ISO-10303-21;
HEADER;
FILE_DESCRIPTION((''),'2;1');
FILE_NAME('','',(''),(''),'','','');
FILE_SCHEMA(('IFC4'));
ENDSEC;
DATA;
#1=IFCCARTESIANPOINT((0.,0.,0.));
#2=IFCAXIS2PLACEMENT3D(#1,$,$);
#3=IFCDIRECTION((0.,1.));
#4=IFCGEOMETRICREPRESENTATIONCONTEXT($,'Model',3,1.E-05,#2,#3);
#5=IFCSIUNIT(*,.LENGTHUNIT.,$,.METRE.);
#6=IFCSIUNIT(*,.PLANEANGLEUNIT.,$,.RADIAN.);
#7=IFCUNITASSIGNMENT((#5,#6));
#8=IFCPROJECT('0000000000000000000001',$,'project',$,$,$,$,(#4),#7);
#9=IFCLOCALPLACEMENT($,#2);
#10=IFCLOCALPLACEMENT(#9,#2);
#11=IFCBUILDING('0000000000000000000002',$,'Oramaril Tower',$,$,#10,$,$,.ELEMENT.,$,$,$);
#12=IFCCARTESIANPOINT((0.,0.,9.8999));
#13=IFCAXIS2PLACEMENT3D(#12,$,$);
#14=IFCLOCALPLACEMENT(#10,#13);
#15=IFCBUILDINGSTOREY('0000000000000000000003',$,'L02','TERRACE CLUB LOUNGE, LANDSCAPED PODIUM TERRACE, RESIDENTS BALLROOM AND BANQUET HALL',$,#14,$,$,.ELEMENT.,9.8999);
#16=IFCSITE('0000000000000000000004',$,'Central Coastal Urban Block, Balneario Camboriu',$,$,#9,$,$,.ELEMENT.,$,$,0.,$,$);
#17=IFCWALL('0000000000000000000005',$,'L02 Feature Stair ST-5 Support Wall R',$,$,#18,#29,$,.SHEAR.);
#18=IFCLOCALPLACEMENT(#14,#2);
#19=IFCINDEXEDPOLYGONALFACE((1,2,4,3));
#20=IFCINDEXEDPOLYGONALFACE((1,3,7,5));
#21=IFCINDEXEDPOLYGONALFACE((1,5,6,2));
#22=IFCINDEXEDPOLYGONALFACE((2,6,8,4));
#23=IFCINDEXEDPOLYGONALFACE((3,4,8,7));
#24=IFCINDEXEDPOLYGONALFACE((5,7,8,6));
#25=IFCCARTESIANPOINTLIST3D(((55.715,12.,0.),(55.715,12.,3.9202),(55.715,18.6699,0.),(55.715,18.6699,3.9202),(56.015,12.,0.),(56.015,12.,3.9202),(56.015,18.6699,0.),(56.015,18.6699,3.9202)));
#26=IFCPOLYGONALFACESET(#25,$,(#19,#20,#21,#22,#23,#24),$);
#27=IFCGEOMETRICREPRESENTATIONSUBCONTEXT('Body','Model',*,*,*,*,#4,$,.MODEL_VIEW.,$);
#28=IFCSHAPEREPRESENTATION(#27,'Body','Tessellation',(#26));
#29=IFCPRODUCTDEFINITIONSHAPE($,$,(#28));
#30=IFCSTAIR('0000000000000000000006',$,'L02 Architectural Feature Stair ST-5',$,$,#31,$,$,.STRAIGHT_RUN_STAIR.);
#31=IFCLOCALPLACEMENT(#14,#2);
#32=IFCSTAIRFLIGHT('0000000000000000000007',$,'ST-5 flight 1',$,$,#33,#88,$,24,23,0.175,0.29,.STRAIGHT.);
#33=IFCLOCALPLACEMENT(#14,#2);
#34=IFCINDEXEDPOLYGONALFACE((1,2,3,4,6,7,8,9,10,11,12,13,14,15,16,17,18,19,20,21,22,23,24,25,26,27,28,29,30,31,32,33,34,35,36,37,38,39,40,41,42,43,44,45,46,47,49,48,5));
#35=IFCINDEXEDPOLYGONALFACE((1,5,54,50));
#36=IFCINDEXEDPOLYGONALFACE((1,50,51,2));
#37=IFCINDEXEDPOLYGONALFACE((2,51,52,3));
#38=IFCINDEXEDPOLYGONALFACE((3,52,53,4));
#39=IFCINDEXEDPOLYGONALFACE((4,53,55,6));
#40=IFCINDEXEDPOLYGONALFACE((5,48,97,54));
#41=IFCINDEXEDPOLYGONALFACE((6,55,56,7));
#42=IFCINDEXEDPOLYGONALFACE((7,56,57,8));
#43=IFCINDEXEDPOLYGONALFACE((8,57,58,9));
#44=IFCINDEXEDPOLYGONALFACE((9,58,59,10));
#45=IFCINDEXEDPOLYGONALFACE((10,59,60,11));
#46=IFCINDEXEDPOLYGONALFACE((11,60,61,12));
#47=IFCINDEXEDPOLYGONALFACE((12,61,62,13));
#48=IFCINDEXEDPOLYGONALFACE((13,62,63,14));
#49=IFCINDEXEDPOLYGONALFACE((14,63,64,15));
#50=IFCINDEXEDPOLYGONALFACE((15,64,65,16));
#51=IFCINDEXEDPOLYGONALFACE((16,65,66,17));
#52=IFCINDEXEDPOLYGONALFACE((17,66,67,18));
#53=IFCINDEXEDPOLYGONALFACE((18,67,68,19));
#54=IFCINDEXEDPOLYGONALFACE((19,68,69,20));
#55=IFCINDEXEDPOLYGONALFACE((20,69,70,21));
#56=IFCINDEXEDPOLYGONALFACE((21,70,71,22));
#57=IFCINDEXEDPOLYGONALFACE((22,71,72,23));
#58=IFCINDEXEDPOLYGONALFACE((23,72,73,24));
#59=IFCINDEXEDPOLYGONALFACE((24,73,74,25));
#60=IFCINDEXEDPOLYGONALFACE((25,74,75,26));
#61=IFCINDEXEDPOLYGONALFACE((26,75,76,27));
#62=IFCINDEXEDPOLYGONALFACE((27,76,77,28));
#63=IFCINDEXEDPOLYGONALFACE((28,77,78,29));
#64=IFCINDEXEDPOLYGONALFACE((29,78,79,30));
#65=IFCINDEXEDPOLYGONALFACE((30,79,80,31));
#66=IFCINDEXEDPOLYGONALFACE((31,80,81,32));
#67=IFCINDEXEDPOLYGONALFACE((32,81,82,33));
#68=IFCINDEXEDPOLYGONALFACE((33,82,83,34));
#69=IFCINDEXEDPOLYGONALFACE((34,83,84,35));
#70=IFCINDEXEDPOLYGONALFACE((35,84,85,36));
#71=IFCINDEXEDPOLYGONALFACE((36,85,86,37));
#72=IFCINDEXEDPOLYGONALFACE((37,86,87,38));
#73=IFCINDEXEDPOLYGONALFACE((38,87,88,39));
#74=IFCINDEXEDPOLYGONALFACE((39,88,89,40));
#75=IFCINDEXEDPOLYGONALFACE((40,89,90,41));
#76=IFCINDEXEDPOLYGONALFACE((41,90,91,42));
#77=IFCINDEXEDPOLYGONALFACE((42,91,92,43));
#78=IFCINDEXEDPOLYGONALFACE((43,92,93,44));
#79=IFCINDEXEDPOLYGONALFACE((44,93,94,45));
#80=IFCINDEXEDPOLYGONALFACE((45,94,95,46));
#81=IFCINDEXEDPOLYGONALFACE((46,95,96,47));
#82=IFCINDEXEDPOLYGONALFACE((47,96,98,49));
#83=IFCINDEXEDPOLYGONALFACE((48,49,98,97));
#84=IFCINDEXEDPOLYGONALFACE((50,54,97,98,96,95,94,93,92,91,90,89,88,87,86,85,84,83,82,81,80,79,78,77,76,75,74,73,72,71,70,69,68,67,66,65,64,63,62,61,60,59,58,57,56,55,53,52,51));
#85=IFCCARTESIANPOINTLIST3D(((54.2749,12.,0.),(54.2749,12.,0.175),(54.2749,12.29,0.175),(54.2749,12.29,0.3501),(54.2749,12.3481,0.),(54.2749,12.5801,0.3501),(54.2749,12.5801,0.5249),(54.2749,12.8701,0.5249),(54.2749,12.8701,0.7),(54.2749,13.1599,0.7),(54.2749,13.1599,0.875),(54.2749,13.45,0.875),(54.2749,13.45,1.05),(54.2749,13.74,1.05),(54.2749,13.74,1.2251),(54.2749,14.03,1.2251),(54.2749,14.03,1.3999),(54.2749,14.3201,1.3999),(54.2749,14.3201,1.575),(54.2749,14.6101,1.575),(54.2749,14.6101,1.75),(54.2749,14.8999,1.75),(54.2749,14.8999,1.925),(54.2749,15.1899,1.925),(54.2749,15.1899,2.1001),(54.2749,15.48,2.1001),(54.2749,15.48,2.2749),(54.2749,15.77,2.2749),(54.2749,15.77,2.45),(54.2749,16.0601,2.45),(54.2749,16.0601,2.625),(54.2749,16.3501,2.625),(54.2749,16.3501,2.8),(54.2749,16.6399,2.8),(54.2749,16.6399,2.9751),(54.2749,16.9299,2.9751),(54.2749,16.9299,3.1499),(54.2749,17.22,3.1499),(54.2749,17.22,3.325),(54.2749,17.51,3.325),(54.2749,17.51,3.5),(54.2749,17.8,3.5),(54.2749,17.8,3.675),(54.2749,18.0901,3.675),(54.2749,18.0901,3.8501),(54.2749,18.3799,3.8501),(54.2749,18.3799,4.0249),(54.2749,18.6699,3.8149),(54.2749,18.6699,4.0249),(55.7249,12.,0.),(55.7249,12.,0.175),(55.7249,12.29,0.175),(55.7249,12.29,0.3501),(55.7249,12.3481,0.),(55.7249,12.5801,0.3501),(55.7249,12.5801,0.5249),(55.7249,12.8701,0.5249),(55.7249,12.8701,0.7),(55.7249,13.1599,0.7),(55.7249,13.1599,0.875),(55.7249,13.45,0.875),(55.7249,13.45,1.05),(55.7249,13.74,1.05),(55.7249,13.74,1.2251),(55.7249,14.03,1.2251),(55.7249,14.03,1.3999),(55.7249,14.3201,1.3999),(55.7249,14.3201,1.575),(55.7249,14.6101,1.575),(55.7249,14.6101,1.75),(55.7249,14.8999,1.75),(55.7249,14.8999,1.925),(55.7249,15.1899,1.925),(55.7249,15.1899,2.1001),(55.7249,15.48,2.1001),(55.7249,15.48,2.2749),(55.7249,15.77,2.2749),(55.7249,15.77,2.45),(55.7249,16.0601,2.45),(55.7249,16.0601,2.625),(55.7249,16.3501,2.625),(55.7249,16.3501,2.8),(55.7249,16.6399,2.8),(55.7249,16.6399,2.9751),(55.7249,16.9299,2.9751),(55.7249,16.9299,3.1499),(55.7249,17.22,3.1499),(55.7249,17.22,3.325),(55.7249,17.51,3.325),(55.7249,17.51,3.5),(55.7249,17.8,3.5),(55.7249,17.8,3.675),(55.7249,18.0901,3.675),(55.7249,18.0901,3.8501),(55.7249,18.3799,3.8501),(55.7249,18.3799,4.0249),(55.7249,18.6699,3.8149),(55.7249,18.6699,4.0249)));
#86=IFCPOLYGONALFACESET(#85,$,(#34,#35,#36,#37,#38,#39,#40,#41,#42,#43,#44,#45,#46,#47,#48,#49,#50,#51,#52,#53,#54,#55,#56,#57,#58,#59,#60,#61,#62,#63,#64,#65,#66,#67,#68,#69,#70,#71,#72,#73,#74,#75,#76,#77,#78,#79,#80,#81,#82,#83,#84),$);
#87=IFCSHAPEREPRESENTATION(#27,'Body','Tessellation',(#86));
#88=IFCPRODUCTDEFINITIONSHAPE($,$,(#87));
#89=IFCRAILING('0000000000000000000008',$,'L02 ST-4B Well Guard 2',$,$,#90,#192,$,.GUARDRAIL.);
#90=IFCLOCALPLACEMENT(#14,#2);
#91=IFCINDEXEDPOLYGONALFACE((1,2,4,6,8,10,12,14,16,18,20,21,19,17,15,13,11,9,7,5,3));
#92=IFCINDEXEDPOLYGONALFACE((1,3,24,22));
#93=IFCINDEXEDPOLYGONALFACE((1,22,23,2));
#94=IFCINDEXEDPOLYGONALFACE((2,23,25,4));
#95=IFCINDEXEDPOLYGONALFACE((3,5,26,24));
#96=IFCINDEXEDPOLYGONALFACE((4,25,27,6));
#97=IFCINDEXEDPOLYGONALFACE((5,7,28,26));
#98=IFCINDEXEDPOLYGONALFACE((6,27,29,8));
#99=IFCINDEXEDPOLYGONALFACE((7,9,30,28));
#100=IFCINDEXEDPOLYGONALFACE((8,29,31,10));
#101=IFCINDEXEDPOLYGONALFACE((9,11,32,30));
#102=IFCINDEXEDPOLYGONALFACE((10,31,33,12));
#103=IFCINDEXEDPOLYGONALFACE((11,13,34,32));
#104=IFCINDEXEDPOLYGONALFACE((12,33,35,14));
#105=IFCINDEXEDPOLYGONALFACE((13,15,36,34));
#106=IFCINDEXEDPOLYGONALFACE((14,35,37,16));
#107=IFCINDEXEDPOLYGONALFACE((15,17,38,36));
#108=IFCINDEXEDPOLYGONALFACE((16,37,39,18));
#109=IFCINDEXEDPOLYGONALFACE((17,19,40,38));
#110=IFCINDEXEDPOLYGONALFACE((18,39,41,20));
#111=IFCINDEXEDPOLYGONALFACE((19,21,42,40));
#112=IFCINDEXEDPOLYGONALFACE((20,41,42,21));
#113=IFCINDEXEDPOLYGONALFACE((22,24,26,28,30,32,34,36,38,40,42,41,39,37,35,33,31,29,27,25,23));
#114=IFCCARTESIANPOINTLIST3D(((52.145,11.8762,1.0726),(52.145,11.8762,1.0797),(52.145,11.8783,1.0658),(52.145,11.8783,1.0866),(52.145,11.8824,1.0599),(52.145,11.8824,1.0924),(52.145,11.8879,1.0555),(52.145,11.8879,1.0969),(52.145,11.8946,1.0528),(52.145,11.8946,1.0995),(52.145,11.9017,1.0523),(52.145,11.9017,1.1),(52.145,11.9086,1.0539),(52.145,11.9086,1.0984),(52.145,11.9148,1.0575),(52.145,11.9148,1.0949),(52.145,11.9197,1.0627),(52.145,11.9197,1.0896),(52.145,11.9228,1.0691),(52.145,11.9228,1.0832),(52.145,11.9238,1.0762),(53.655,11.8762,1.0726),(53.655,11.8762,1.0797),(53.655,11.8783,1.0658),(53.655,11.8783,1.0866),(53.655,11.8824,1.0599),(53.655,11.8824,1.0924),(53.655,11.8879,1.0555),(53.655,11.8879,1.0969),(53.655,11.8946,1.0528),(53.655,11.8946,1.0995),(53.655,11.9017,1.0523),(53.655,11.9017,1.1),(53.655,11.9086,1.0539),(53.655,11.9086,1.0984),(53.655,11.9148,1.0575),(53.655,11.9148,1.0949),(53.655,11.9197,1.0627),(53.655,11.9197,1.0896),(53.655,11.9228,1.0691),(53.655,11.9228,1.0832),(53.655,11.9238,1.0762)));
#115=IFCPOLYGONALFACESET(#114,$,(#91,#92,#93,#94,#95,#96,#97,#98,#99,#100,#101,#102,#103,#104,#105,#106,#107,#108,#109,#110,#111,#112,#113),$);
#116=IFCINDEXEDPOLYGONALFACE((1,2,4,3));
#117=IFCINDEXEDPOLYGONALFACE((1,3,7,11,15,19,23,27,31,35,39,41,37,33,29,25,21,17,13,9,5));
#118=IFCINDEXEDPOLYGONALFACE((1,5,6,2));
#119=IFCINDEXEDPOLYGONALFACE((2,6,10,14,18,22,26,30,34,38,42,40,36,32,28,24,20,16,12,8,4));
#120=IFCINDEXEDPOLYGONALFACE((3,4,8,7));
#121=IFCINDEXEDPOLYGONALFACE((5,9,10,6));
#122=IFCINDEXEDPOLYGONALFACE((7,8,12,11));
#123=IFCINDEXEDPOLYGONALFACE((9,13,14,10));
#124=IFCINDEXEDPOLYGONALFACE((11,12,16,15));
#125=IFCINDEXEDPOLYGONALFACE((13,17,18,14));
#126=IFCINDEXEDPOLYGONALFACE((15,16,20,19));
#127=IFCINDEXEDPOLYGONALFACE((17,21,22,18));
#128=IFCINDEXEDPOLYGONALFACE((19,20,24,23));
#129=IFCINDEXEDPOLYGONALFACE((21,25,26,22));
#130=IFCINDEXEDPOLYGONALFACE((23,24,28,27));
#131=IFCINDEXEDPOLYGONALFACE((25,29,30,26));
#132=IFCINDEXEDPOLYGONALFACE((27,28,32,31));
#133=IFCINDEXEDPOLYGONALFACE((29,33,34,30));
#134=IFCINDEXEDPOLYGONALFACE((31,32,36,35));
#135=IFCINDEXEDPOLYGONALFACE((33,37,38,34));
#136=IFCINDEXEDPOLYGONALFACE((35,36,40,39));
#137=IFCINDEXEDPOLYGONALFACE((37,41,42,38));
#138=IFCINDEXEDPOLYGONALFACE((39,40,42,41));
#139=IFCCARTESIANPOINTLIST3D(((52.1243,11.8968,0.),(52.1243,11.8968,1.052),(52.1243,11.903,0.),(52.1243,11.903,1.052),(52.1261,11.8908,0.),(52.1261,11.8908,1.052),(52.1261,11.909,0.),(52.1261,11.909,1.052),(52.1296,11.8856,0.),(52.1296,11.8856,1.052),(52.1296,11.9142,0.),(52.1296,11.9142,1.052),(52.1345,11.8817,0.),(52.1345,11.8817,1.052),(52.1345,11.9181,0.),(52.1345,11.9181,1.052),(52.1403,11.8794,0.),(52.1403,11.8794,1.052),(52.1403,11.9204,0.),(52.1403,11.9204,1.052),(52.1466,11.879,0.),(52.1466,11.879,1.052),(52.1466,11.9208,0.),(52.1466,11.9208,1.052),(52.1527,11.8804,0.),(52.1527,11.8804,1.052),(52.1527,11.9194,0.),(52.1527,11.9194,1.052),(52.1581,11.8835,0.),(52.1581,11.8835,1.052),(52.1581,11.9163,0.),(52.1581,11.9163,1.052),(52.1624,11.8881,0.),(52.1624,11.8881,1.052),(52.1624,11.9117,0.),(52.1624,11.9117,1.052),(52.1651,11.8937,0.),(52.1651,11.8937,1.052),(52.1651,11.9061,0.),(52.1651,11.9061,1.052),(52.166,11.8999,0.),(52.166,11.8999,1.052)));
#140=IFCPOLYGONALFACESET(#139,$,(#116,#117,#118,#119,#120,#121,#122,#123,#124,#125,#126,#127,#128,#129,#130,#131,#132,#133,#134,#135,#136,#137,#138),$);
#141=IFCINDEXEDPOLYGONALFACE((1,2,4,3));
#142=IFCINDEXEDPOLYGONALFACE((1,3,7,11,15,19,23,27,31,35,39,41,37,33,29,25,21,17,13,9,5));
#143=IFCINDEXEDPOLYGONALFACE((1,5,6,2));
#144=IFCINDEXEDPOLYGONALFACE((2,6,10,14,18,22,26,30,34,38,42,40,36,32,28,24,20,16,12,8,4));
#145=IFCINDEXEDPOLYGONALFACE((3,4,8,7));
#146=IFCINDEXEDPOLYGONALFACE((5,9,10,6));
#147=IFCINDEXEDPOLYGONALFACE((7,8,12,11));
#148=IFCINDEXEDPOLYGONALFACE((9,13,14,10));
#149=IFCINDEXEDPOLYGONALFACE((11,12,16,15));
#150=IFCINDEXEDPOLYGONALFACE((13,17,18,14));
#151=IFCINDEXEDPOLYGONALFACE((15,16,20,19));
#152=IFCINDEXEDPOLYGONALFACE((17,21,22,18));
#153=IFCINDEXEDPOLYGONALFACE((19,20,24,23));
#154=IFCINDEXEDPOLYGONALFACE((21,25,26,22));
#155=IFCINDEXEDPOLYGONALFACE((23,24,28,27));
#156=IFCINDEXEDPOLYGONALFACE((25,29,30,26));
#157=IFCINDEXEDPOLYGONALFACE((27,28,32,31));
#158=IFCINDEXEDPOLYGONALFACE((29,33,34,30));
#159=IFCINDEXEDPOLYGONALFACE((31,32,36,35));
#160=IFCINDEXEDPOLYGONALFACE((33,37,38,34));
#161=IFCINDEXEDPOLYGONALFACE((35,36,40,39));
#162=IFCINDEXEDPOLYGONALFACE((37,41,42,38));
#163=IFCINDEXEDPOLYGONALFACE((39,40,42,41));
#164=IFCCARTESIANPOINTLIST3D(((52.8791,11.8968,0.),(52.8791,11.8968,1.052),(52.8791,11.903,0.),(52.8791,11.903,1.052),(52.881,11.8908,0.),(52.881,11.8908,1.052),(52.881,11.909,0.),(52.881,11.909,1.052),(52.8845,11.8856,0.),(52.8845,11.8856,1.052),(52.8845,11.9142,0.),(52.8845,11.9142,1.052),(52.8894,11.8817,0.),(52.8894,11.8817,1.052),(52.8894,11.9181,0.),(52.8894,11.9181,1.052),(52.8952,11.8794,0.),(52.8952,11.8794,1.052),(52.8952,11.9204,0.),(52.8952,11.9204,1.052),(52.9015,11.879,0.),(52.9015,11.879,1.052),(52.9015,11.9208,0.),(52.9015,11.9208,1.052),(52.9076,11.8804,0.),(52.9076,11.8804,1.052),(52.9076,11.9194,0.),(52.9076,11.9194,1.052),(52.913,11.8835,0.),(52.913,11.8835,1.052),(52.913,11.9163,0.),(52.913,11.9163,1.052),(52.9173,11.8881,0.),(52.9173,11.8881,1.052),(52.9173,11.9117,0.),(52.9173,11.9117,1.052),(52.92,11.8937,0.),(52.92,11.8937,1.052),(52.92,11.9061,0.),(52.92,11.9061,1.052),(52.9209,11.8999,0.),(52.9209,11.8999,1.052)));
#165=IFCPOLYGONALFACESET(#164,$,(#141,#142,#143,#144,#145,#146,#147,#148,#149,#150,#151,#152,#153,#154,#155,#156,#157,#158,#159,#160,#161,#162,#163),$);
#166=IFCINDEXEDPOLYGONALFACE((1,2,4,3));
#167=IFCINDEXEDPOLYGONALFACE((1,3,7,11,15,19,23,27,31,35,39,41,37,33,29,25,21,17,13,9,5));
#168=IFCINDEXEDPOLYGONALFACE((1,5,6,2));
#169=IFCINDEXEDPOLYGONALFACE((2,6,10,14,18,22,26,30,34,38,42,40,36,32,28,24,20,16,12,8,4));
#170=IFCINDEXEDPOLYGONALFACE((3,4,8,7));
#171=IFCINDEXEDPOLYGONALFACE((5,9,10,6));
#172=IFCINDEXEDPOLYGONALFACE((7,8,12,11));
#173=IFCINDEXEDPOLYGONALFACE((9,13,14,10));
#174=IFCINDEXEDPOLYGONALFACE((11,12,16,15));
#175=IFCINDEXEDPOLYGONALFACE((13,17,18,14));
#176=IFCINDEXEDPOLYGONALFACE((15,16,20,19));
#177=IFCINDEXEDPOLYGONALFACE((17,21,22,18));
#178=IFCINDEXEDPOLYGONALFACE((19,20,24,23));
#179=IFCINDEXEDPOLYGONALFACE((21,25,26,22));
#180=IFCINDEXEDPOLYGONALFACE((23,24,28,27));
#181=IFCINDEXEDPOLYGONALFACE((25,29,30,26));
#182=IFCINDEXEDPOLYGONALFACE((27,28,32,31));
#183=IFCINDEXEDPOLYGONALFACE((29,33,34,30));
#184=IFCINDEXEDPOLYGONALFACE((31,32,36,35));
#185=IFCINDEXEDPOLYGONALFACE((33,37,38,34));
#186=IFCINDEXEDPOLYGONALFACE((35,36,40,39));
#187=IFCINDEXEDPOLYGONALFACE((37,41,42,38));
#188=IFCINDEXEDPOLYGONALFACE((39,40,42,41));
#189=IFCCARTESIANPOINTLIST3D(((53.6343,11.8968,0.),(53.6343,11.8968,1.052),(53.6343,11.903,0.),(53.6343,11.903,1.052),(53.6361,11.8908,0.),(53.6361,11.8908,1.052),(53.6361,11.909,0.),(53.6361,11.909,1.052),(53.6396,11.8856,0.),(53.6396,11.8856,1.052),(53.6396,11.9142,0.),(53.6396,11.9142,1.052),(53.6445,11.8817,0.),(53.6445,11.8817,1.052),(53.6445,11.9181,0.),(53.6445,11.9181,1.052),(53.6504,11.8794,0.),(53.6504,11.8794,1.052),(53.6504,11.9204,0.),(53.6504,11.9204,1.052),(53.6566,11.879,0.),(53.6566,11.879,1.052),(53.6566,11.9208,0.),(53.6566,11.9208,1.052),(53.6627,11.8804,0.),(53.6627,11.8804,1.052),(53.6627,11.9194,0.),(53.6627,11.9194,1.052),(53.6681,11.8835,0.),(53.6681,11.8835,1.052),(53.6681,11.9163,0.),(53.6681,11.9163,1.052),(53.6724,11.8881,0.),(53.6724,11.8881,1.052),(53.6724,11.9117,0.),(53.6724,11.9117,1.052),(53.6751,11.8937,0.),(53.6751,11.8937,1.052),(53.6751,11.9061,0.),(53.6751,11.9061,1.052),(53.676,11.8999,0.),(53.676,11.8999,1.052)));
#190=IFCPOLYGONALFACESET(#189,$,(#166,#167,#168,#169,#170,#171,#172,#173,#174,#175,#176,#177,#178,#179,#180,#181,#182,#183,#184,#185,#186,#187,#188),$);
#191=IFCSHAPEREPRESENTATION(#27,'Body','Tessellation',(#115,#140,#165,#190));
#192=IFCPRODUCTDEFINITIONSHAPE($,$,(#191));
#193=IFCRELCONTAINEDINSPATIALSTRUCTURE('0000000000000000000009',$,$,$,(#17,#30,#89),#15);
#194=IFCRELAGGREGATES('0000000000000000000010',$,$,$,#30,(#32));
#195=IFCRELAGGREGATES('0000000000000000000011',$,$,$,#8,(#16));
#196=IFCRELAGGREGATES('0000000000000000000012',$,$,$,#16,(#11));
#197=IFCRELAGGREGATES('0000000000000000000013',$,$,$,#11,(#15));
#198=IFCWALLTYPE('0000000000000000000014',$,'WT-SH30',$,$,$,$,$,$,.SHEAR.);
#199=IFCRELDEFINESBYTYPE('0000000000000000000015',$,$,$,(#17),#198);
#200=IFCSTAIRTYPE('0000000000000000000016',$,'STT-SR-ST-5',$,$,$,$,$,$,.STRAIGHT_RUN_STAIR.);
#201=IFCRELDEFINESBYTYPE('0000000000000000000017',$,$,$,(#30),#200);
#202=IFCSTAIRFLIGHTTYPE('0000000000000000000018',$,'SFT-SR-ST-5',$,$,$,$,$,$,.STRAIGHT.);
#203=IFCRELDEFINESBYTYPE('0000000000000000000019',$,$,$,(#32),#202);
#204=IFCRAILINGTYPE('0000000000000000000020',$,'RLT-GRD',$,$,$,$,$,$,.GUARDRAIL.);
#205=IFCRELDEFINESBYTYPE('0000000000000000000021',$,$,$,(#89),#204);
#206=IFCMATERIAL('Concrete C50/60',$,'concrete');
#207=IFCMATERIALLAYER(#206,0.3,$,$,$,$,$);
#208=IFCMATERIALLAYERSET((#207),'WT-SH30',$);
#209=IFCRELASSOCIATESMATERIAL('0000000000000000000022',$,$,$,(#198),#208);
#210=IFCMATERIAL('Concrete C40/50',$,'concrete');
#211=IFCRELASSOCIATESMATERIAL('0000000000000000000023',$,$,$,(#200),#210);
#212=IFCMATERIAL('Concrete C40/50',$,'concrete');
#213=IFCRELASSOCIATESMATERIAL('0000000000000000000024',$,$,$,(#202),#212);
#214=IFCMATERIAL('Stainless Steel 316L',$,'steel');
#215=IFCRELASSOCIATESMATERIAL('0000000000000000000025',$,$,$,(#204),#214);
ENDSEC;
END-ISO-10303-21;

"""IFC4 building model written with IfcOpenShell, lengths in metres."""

from ifc_helpers import new_model, si_unit, direction, frame, frame_2d, origin, origin_2d, place, context, subcontext, project, spatial, polyline, rectangle, circle, outline, extrude, material, layer, layer_set, type_object, element, aggregate, save


model = new_model("IFC4")

# Units and contexts
model_context = context("Model", 3, precision=1e-05, world=origin(), true_north=direction((0.0, 1.0)))
body_context = subcontext(model_context, "Body", "Model", "MODEL_VIEW")
ifc_project = project(units=[si_unit("LENGTHUNIT", "METRE"), si_unit("PLANEANGLEUNIT", "RADIAN")], contexts=[model_context])

# Site, building, storey
site_placement = place(None, origin())
site = spatial("IfcSite", under=ifc_project, at=site_placement, Name="Central Coastal Urban Block, Balneario Camboriu", CompositionType="ELEMENT", RefElevation=0.0)
building_placement = place(site_placement, origin())
building = spatial("IfcBuilding", under=site, at=building_placement, Name="Oramaril Tower", CompositionType="ELEMENT")
storey_placement = place(building_placement, frame((0.0, 0.0, 9.8999)))
storey = spatial("IfcBuildingStorey", under=building, at=storey_placement, Name="L02", Description="TERRACE CLUB LOUNGE, LANDSCAPED PODIUM TERRACE, RESIDENTS BALLROOM AND BANQUET HALL", CompositionType="ELEMENT", Elevation=9.8999)

# Wall
ifc_material_1 = material(Name="Concrete C50/60", Category="concrete")
ifc_layer_1 = layer(ifc_material_1, 0.3)
ifc_layer_set_1 = layer_set([ifc_layer_1], Name="WT-SH30")
wall_type_1 = type_object("IfcWallType", Name="WT-SH30", PredefinedType="SHEAR", material=ifc_layer_set_1)
for number, where, z_axis, x_axis, name in (
    (1, (55.865, 12.0, 0.0), (0.0, 0.0, 1.0), (0.0, 1.0, 0.0), "L02 Feature Stair ST-5 Support Wall R"),
):
    element("IfcWall", number, at=place(storey_placement, frame(where, z_axis=z_axis, x_axis=x_axis)), inside=storey, type_object=wall_type_1, Name=name, PredefinedType="SHEAR", context=body_context, shape_type="SweptSolid", body=[
        extrude(rectangle(XDim=6.6699, YDim=0.3, at=frame_2d((3.335, 0.0))), origin(), (0.0, 0.0, 1.0), 3.9202),
    ])

# Stair, stair flight
ifc_material_2 = material(Name="Concrete C40/50", Category="concrete")
stair_type = type_object("IfcStairType", Name="STT-SR-ST-5", PredefinedType="STRAIGHT_RUN_STAIR", material=ifc_material_2)
stair_placement = place(storey_placement, origin())
stair = element("IfcStair", 2, at=stair_placement, inside=storey, type_object=stair_type, Name="L02 Architectural Feature Stair ST-5", PredefinedType="STRAIGHT_RUN_STAIR")
ifc_material_3 = material(Name="Concrete C40/50", Category="concrete")
stair_flight_type = type_object("IfcStairFlightType", Name="SFT-SR-ST-5", PredefinedType="STRAIGHT", material=ifc_material_3)
stair_flight_placement = place(storey_placement, frame((55.0, 12.0, 0.0), z_axis=(0.0, 0.0, 1.0), x_axis=(0.0, 1.0, 0.0)))
stair_flight = element("IfcStairFlight", 3, at=stair_flight_placement, type_object=stair_flight_type, Name="ST-5 flight 1", NumberOfRisers=24, NumberOfTreads=23, PredefinedType="STRAIGHT", RiserHeight=0.175, TreadLength=0.29, context=body_context, shape_type="SweptSolid", body=[
    extrude(outline(polyline([(0.0, 0.0), (0.0, 0.175), (0.29, 0.175), (0.29, 0.3501), (0.5801, 0.3501), (0.5801, 0.5249), (0.8701, 0.5249), (0.8701, 0.7), (1.1599, 0.7), (1.1599, 0.875), (1.45, 0.875), (1.45, 1.05), (1.74, 1.05), (1.74, 1.2251), (2.03, 1.2251), (2.03, 1.3999), (2.3201, 1.3999), (2.3201, 1.575), (2.6101, 1.575), (2.6101, 1.75), (2.8999, 1.75), (2.8999, 1.925), (3.1899, 1.925), (3.1899, 2.1001), (3.48, 2.1001), (3.48, 2.2749), (3.77, 2.2749), (3.77, 2.45), (4.0601, 2.45), (4.0601, 2.625), (4.3501, 2.625), (4.3501, 2.8), (4.6399, 2.8), (4.6399, 2.9751), (4.9299, 2.9751), (4.9299, 3.1499), (5.22, 3.1499), (5.22, 3.325), (5.51, 3.325), (5.51, 3.5), (5.8, 3.5), (5.8, 3.675), (6.0901, 3.675), (6.0901, 3.8501), (6.3799, 3.8501), (6.3799, 4.0249), (6.6699, 4.0249), (6.6699, 4.2), (6.6699, 3.8149), (0.3481, 0.0), (0.0, 0.0)])), frame((0.0, 0.7251, 0.0), z_axis=(0.0, -1.0, 0.0), x_axis=(1.0, 0.0, 0.0)), (0.0, 0.0, 1.0), 1.45),
])
aggregate(stair, [stair_flight])

# Railing
ifc_material_4 = material(Name="Stainless Steel 316L", Category="steel")
railing_type_1 = type_object("IfcRailingType", Name="RLT-GRD", PredefinedType="GUARDRAIL", material=ifc_material_4)
railing_1_placement = place(storey_placement, frame((52.145, 11.8999, 0.0)))
element("IfcRailing", 4, at=railing_1_placement, inside=storey, type_object=railing_type_1, Name="L02 ST-4B Well Guard 2", PredefinedType="GUARDRAIL", context=body_context, shape_type="SweptSolid", body=[
    extrude(circle(Radius=0.0239, at=origin_2d()), frame((0.0, 0.0, 1.0762), z_axis=(1.0, 0.0, 0.0), x_axis=(0.0, 1.0, 0.0)), (0.0, 0.0, 1.0), 1.51),
    extrude(circle(Radius=0.021, at=origin_2d()), origin(), (0.0, 0.0, 1.0), 1.052),
    extrude(circle(Radius=0.021, at=origin_2d()), frame((0.7549, 0.0, 0.0)), (0.0, 0.0, 1.0), 1.052),
    extrude(circle(Radius=0.021, at=origin_2d()), frame((1.51, 0.0, 0.0)), (0.0, 0.0, 1.0), 1.052),
])

save(model, "model.ifc")
